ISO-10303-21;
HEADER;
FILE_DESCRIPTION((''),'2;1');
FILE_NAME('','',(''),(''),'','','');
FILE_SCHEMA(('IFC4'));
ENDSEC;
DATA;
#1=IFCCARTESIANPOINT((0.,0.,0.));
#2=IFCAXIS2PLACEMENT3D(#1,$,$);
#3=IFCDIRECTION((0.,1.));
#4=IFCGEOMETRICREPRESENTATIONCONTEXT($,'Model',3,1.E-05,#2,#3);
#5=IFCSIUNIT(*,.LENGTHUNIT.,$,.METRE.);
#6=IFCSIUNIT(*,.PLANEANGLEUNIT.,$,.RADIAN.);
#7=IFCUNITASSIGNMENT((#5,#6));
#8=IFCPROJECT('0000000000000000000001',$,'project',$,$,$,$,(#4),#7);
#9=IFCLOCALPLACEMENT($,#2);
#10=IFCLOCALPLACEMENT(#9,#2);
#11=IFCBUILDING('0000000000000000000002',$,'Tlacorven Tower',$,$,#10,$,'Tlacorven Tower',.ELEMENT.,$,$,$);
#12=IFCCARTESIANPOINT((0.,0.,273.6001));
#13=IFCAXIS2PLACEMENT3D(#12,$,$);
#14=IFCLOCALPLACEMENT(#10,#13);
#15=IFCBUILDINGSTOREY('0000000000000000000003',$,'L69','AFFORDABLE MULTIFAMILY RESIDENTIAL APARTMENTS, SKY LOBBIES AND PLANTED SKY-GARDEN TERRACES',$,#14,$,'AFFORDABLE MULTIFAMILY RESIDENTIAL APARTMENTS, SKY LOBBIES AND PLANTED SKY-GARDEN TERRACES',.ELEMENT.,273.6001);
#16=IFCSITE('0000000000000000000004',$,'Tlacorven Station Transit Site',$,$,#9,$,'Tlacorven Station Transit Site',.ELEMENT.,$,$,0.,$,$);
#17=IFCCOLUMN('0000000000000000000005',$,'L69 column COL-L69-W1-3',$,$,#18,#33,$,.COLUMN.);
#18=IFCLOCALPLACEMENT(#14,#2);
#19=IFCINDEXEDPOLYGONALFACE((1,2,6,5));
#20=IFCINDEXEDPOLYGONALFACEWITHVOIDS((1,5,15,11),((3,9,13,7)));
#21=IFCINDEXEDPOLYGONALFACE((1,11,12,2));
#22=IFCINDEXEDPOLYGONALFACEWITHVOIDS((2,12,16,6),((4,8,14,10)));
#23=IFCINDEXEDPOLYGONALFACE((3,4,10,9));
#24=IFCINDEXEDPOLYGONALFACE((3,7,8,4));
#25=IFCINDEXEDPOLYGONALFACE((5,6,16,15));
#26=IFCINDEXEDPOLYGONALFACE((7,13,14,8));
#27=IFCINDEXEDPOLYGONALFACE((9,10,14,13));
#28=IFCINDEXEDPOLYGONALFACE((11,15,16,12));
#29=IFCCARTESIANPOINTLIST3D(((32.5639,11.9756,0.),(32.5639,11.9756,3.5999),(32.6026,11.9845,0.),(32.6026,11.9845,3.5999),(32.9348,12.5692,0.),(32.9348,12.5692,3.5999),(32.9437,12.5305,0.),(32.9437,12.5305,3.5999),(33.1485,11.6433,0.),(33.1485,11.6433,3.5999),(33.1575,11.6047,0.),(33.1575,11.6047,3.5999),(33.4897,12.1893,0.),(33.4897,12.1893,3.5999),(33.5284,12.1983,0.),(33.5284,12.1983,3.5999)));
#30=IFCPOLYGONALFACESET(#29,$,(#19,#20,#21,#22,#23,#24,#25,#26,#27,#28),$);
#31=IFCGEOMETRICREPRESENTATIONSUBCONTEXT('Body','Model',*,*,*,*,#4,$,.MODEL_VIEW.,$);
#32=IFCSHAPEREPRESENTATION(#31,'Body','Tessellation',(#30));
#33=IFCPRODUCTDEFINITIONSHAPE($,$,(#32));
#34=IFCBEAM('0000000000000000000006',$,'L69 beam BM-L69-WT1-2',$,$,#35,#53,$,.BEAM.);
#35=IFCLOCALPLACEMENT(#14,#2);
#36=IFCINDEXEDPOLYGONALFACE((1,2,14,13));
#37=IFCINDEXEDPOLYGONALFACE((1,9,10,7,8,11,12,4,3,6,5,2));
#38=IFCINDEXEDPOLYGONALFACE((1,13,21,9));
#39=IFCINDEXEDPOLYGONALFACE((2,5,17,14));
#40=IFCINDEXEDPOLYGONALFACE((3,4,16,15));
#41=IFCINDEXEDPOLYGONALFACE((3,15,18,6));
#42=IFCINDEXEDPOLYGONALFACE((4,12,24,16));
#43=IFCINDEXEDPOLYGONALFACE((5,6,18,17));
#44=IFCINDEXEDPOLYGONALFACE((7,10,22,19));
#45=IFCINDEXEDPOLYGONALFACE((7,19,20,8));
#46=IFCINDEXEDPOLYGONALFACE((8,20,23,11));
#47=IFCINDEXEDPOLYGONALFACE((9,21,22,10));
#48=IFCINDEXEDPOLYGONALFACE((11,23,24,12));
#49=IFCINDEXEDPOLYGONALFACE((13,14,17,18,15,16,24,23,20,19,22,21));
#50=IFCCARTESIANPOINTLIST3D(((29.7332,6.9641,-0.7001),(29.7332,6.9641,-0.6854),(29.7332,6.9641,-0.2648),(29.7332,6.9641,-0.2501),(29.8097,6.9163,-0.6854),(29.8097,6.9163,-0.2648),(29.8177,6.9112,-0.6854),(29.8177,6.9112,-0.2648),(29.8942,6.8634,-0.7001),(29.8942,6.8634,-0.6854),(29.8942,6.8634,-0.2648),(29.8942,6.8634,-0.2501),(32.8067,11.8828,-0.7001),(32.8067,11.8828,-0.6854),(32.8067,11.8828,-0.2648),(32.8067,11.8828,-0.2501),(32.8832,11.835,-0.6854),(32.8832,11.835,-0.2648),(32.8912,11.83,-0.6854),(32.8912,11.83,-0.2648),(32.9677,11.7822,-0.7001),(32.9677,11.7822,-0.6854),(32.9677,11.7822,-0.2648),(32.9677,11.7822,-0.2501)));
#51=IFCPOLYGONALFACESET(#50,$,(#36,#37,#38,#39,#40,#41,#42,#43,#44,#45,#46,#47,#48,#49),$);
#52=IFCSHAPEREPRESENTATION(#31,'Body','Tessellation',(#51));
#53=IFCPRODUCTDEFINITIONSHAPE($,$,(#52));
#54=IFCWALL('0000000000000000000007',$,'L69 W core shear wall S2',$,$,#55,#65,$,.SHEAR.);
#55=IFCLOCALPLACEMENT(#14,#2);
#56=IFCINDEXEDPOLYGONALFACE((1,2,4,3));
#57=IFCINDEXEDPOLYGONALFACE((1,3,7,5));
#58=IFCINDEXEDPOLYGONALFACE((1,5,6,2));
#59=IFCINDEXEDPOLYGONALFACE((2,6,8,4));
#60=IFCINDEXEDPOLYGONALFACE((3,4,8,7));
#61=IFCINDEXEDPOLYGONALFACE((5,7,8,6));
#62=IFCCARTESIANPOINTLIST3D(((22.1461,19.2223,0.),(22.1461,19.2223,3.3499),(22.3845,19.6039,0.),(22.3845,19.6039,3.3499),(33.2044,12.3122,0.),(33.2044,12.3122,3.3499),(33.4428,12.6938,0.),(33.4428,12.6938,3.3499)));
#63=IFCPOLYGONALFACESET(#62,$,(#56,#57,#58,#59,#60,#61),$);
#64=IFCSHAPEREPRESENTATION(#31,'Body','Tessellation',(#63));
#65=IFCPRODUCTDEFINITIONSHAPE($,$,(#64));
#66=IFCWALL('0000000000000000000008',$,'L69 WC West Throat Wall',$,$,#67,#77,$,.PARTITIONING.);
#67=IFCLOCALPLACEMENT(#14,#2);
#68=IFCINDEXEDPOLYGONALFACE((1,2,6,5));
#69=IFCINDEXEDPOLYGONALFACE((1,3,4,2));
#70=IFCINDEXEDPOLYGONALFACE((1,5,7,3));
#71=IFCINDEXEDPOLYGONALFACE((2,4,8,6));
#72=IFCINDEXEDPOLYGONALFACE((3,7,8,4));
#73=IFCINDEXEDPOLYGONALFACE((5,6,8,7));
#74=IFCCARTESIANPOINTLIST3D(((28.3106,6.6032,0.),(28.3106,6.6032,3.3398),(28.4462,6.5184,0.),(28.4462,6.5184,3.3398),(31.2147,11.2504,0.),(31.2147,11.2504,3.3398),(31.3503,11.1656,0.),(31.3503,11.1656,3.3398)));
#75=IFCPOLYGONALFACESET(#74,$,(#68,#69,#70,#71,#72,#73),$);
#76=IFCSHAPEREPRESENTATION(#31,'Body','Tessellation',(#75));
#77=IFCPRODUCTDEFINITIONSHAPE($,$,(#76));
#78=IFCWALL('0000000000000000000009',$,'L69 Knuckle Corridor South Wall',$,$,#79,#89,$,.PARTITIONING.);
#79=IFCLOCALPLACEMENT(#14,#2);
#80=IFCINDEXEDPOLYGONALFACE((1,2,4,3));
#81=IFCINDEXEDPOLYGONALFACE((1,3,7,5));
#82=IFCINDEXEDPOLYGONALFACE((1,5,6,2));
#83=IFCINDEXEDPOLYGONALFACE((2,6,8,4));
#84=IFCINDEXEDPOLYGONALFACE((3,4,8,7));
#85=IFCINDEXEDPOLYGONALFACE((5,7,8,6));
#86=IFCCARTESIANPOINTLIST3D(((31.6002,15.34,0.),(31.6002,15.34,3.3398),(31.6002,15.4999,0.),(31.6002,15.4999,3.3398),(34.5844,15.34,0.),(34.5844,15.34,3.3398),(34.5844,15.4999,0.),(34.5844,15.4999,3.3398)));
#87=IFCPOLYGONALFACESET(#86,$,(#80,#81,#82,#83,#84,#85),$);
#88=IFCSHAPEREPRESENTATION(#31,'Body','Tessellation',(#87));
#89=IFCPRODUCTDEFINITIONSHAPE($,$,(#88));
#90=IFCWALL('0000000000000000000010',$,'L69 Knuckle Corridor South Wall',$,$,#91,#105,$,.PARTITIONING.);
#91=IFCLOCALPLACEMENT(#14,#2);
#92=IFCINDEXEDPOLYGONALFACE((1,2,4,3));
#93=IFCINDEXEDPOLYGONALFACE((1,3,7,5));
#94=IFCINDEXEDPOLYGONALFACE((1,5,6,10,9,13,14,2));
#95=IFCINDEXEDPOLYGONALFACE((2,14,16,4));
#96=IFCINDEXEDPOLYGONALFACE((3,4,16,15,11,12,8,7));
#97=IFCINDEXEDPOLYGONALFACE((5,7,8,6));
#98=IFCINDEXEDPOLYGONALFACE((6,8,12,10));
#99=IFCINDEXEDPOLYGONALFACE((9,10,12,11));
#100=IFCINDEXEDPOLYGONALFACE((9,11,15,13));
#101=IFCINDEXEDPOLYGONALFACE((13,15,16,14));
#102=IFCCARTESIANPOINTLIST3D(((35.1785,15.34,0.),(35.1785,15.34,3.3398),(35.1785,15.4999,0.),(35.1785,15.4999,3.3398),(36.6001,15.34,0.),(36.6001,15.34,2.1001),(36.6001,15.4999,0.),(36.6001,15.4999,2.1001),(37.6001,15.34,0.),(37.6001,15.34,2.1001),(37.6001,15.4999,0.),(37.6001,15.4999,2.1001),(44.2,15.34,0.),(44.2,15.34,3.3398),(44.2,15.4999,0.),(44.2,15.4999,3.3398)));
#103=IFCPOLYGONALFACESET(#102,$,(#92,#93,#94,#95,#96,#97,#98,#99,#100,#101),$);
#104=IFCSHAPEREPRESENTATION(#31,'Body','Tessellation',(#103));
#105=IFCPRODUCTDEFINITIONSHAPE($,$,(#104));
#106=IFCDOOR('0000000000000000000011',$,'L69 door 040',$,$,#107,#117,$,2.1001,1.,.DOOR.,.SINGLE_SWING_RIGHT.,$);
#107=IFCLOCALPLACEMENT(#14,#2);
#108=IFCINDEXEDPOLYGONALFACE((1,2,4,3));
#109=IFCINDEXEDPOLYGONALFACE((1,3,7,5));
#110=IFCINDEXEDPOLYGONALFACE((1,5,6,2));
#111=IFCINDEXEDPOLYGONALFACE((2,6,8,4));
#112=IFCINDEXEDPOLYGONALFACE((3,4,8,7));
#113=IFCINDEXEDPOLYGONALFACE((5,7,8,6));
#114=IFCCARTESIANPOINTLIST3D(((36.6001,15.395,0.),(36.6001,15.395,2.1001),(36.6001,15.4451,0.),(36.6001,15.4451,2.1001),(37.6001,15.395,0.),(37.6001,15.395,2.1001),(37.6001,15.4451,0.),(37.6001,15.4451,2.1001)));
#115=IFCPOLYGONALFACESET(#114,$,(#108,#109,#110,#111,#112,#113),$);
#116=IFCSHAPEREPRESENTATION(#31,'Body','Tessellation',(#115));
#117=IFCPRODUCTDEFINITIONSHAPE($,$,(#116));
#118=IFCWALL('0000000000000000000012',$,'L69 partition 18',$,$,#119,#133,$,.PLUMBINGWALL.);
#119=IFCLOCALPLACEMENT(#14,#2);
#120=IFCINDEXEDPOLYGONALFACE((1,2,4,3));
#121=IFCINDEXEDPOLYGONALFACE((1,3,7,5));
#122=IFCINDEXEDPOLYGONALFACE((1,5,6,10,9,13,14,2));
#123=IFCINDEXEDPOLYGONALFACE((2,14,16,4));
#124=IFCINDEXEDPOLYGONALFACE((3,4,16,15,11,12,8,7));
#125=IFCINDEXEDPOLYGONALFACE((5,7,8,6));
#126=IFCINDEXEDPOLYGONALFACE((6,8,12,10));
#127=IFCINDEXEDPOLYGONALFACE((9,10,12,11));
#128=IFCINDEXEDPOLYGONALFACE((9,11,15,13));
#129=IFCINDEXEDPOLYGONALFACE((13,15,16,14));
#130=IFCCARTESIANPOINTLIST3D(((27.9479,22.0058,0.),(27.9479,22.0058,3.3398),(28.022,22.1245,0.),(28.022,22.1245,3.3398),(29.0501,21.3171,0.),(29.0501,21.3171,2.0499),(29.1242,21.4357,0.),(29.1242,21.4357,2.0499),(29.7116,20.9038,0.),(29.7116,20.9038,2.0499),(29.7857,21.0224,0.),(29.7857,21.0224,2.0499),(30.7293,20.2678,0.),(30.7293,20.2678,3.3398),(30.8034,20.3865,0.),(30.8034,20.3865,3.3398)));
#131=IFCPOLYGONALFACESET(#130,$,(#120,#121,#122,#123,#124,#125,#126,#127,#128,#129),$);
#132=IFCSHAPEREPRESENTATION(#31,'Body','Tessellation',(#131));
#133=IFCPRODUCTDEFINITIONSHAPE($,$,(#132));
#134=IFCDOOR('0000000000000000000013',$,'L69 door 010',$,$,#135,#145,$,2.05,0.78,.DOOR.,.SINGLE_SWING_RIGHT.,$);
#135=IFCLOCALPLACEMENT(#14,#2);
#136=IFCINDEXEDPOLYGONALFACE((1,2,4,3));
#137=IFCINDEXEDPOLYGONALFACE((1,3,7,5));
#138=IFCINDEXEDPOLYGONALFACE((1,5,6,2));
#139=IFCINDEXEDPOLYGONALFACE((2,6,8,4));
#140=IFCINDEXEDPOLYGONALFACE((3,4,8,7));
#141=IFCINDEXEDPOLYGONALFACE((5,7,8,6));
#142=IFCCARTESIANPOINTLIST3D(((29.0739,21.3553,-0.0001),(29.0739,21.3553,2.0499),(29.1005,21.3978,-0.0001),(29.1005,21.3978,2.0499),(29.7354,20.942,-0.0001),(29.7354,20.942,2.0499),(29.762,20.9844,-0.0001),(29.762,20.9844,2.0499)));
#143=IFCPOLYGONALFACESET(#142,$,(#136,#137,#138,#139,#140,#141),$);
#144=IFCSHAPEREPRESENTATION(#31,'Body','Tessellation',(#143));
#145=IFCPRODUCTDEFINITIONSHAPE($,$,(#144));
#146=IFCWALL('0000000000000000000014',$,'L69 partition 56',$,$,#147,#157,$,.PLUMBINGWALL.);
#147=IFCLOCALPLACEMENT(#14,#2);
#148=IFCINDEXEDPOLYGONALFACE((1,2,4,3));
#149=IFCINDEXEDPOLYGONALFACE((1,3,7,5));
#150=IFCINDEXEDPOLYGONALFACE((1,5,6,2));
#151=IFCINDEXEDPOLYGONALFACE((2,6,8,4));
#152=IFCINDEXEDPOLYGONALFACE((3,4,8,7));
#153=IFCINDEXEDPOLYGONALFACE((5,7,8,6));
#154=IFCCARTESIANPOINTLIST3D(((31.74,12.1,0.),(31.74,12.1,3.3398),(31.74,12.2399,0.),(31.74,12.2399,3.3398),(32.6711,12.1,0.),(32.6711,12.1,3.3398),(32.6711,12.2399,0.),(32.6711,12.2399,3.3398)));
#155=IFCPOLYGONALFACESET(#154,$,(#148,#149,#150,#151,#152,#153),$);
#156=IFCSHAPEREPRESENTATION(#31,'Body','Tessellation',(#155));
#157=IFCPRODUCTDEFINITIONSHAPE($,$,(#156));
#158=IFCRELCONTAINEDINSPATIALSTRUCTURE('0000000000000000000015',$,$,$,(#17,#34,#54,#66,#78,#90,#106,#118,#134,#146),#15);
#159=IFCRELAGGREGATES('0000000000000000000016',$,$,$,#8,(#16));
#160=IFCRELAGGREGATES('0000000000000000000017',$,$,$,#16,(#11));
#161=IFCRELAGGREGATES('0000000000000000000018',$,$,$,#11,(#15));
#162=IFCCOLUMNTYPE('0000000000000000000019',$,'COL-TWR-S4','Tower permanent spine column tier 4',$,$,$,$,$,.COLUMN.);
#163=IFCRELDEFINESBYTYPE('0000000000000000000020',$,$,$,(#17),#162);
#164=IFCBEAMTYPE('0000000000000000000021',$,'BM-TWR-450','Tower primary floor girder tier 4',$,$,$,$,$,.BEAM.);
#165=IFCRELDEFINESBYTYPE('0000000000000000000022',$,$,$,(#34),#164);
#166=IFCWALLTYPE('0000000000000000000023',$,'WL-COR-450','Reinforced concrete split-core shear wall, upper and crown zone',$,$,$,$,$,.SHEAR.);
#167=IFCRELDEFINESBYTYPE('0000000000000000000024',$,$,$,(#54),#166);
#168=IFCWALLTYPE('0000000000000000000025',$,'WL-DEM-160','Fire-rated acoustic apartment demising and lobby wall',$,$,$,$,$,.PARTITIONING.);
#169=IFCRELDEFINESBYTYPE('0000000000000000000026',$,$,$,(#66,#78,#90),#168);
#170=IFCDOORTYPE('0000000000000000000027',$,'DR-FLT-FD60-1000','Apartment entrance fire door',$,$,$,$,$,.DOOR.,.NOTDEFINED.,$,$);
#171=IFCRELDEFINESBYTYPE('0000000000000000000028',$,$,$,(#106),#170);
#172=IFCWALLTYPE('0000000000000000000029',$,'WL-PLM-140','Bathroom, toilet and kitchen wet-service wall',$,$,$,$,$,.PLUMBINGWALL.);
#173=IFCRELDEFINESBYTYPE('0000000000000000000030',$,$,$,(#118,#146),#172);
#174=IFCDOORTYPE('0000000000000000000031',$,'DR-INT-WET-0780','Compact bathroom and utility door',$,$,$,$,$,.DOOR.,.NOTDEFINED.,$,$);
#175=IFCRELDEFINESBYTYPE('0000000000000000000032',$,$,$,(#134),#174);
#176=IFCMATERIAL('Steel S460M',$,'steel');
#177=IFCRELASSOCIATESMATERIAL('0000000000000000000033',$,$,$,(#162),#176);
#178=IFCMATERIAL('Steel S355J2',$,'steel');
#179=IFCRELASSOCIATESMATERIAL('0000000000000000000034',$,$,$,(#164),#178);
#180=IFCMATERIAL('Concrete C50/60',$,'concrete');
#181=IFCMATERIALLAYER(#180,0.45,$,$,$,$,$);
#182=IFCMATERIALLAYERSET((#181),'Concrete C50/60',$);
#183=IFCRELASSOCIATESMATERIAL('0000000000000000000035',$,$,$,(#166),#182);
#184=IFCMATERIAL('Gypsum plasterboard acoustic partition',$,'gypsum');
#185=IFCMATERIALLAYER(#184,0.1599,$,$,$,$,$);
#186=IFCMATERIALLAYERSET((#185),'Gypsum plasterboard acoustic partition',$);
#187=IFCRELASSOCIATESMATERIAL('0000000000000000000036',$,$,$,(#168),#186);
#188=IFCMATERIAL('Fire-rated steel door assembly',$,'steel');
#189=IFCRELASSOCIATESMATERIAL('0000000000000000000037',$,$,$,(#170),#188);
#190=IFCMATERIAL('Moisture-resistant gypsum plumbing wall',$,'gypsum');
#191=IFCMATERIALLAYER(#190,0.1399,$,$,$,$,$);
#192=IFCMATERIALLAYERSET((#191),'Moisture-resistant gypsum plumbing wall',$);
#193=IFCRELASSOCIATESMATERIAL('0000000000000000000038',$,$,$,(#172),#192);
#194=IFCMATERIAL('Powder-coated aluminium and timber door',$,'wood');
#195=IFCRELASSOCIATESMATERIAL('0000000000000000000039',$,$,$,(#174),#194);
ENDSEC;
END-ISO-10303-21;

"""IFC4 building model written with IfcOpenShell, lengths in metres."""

from ifc_helpers import new_model, si_unit, direction, frame, frame_2d, origin, origin_2d, place, context, subcontext, project, spatial, rectangle, hollow_rectangle, i_section, extrude, source, transform, mapped, material, layer, layer_set, material_profile, profile_set, type_object, element, fill, save


model = new_model("IFC4")

# Units and contexts
model_context = context("Model", 3, precision=1e-05, world=origin(), true_north=direction((0.0, 1.0)))
body_context = subcontext(model_context, "Body", "Model", "MODEL_VIEW")
ifc_project = project(units=[si_unit("LENGTHUNIT", "METRE"), si_unit("PLANEANGLEUNIT", "RADIAN")], contexts=[model_context])

# Site, building, storey
site_placement = place(None, origin())
site = spatial("IfcSite", under=ifc_project, at=site_placement, Name="Tlacorven Station Transit Site", LongName="Tlacorven Station Transit Site", CompositionType="ELEMENT", RefElevation=0.0)
building_placement = place(site_placement, origin())
building = spatial("IfcBuilding", under=site, at=building_placement, Name="Tlacorven Tower", LongName="Tlacorven Tower", CompositionType="ELEMENT")
storey_placement = place(building_placement, frame((0.0, 0.0, 273.6001)))
storey = spatial("IfcBuildingStorey", under=building, at=storey_placement, Name="L69", Description="AFFORDABLE MULTIFAMILY RESIDENTIAL APARTMENTS, SKY LOBBIES AND PLANTED SKY-GARDEN TERRACES", LongName="AFFORDABLE MULTIFAMILY RESIDENTIAL APARTMENTS, SKY LOBBIES AND PLANTED SKY-GARDEN TERRACES", CompositionType="ELEMENT", Elevation=273.6001)

# Column
ifc_material_1 = material(Name="Steel S460M", Category="steel")
ifc_material_profile_1 = material_profile(ifc_material_1, hollow_rectangle(XDim=0.7, YDim=0.7, WallThickness=0.0281, at=origin_2d()), Name="BOX 700X700X28")
ifc_profile_set_1 = profile_set([ifc_material_profile_1], Name="Steel S460M")
column_type = type_object("IfcColumnType", Name="COL-TWR-S4", Description="Tower permanent spine column tier 4", PredefinedType="COLUMN", material=ifc_profile_set_1)
shared_shape_1 = source(origin(), body_context, "Body", "SweptSolid", [
    extrude(hollow_rectangle(XDim=0.7, YDim=0.7, WallThickness=0.0281, at=origin_2d()), origin(), (0.0, 0.0, 1.0), 3.5999),
])
column_placement = place(storey_placement, frame((33.0461, 12.0869, 0.0), z_axis=(0.0, 0.0, 1.0), x_axis=(-0.848048, 0.529919, 0.0)))
element("IfcColumn", 1, at=column_placement, inside=storey, type_object=column_type, Name="L69 column COL-L69-W1-3", PredefinedType="COLUMN", context=body_context, shape_type="MappedRepresentation", body=[
    mapped(shared_shape_1, transform((0.0, 0.0, 0.0), scale=1.0)),
])

# Beam
ifc_material_2 = material(Name="Steel S355J2", Category="steel")
ifc_material_profile_2 = material_profile(ifc_material_2, i_section(OverallWidth=0.1899, OverallDepth=0.45, WebThickness=0.0095, FlangeThickness=0.0146, at=origin_2d()), Name="IPE 450")
ifc_profile_set_2 = profile_set([ifc_material_profile_2], Name="Steel S355J2")
beam_type = type_object("IfcBeamType", Name="BM-TWR-450", Description="Tower primary floor girder tier 4", PredefinedType="BEAM", material=ifc_profile_set_2)
shared_shape_2 = source(origin(), body_context, "Body", "SweptSolid", [
    extrude(i_section(OverallWidth=0.1899, OverallDepth=0.45, WebThickness=0.0095, FlangeThickness=0.0146, at=origin_2d()), origin(), (0.0, 0.0, 1.0), 5.8),
])
beam_placement = place(storey_placement, frame((32.8872, 11.8325, -0.4751), z_axis=(-0.529912, -0.848053, 0.0), x_axis=(0.848053, -0.529912, 0.0)))
element("IfcBeam", 2, at=beam_placement, inside=storey, type_object=beam_type, Name="L69 beam BM-L69-WT1-2", PredefinedType="BEAM", context=body_context, shape_type="MappedRepresentation", body=[
    mapped(shared_shape_2, transform((0.0, 0.0, 0.0), scale=1.0)),
])

# Walls
ifc_material_3 = material(Name="Concrete C50/60", Category="concrete")
ifc_layer_1 = layer(ifc_material_3, 0.45)
ifc_layer_set_1 = layer_set([ifc_layer_1], Name="Concrete C50/60")
wall_type_1 = type_object("IfcWallType", Name="WL-COR-450", Description="Reinforced concrete split-core shear wall, upper and crown zone", PredefinedType="SHEAR", material=ifc_layer_set_1)
wall_1_placement = place(storey_placement, frame((33.3237, 12.5029, 0.0), z_axis=(0.0, 0.0, 1.0), x_axis=(-0.848044, 0.529927, 0.0)))
element("IfcWall", 3, at=wall_1_placement, inside=storey, type_object=wall_type_1, Name="L69 W core shear wall S2", PredefinedType="SHEAR", context=body_context, shape_type="SweptSolid", body=[
    extrude(rectangle(XDim=13.0398, YDim=0.45, at=frame_2d((6.52, 0.0))), origin(), (0.0, 0.0, 1.0), 3.3499),
])
ifc_material_4 = material(Name="Gypsum plasterboard acoustic partition", Category="gypsum")
ifc_layer_2 = layer(ifc_material_4, 0.1599)
ifc_layer_set_2 = layer_set([ifc_layer_2], Name="Gypsum plasterboard acoustic partition")
wall_type_2 = type_object("IfcWallType", Name="WL-DEM-160", Description="Fire-rated acoustic apartment demising and lobby wall", PredefinedType="PARTITIONING", material=ifc_layer_set_2)
wall_2_placement = place(storey_placement, frame((31.2825, 11.208, 0.0), z_axis=(0.0, 0.0, 1.0), x_axis=(-0.529939, -0.848036, 0.0)))
element("IfcWall", 4, at=wall_2_placement, inside=storey, type_object=wall_type_2, Name="L69 WC West Throat Wall", PredefinedType="PARTITIONING", context=body_context, shape_type="SweptSolid", body=[
    extrude(rectangle(XDim=5.48, YDim=0.1599, at=frame_2d((2.74, 0.0))), origin(), (0.0, 0.0, 1.0), 3.3398),
])
wall_3_placement = place(storey_placement, frame((31.6001, 15.4199, 0.0), z_axis=(0.0, 0.0, 1.0), x_axis=(1.0, 0.0, 0.0)))
element("IfcWall", 5, at=wall_3_placement, inside=storey, type_object=wall_type_2, Name="L69 Knuckle Corridor South Wall", PredefinedType="PARTITIONING", context=body_context, shape_type="SweptSolid", body=[
    extrude(rectangle(XDim=2.9841, YDim=0.1599, at=frame_2d((1.4922, 0.0))), origin(), (0.0, 0.0, 1.0), 3.3398),
])

# Walls, openings, doors
wall_4_placement = place(storey_placement, frame((35.1785, 15.4199, 0.0), z_axis=(0.0, 0.0, 1.0), x_axis=(1.0, 0.0, 0.0)))
wall_4 = element("IfcWall", 6, at=wall_4_placement, inside=storey, type_object=wall_type_2, Name="L69 Knuckle Corridor South Wall", PredefinedType="PARTITIONING", context=body_context, shape_type="SweptSolid", body=[
    extrude(rectangle(XDim=9.0215, YDim=0.1599, at=frame_2d((4.5107, 0.0))), origin(), (0.0, 0.0, 1.0), 3.3398),
])
opening_1_placement = place(wall_4_placement, frame((1.4216, 0.0, 0.0)))
opening_1 = element("IfcOpeningElement", 7, at=opening_1_placement, cuts=wall_4, PredefinedType="OPENING", context=body_context, shape_type="SweptSolid", body=[
    extrude(rectangle(XDim=1.0, YDim=2.1001, at=frame_2d((0.5, 1.05))), frame((0.0, 0.0898, 0.0), z_axis=(0.0, -1.0, 0.0), x_axis=(1.0, 0.0, 0.0)), (0.0, 0.0, 1.0), 0.1799),
])
ifc_material_5 = material(Name="Fire-rated steel door assembly", Category="steel")
door_type_1 = type_object("IfcDoorType", Name="DR-FLT-FD60-1000", Description="Apartment entrance fire door", OperationType="NOTDEFINED", PredefinedType="DOOR", material=ifc_material_5)
shared_shape_3 = source(origin(), body_context, "Body", "SweptSolid", [
    extrude(rectangle(XDim=1.0, YDim=2.1001, at=frame_2d((0.5, 1.05))), frame((0.0, 0.0249, 0.0), z_axis=(0.0, -1.0, 0.0), x_axis=(1.0, 0.0, 0.0)), (0.0, 0.0, 1.0), 0.05),
])
door_1_placement = place(opening_1_placement, frame((1.0, 0.0, 0.0), z_axis=(0.0, 0.0, 1.0), x_axis=(-1.0, 0.0, 0.0)))
door_1 = element("IfcDoor", 8, at=door_1_placement, inside=storey, type_object=door_type_1, Name="L69 door 040", OperationType="SINGLE_SWING_RIGHT", OverallHeight=2.1001, OverallWidth=1.0, PredefinedType="DOOR", context=body_context, shape_type="MappedRepresentation", body=[
    mapped(shared_shape_3, transform((0.0, 0.0, 0.0), scale=1.0)),
])
fill(opening_1, door_1)
ifc_material_6 = material(Name="Moisture-resistant gypsum plumbing wall", Category="gypsum")
ifc_layer_3 = layer(ifc_material_6, 0.1399)
ifc_layer_set_3 = layer_set([ifc_layer_3], Name="Moisture-resistant gypsum plumbing wall")
wall_type_3 = type_object("IfcWallType", Name="WL-PLM-140", Description="Bathroom, toilet and kitchen wet-service wall", PredefinedType="PLUMBINGWALL", material=ifc_layer_set_3)
wall_5_placement = place(storey_placement, frame((30.7664, 20.3271, 0.0), z_axis=(0.0, 0.0, 1.0), x_axis=(-0.848053, 0.529912, 0.0)))
wall_5 = element("IfcWall", 9, at=wall_5_placement, inside=storey, type_object=wall_type_3, Name="L69 partition 18", PredefinedType="PLUMBINGWALL", context=body_context, shape_type="SweptSolid", body=[
    extrude(rectangle(XDim=3.2798, YDim=0.1399, at=frame_2d((1.6399, 0.0))), origin(), (0.0, 0.0, 1.0), 3.3398),
])
opening_2_placement = place(wall_5_placement, frame((1.2, 0.0, 0.0)))
opening_2 = element("IfcOpeningElement", 10, at=opening_2_placement, cuts=wall_5, PredefinedType="OPENING", context=body_context, shape_type="SweptSolid", body=[
    extrude(rectangle(XDim=0.78, YDim=2.05, at=frame_2d((0.3901, 1.0249))), frame((0.0, 0.0801, 0.0), z_axis=(0.0, -1.0, 0.0), x_axis=(1.0, 0.0, 0.0)), (0.0, 0.0, 1.0), 0.1599),
])
ifc_material_7 = material(Name="Powder-coated aluminium and timber door", Category="wood")
door_type_2 = type_object("IfcDoorType", Name="DR-INT-WET-0780", Description="Compact bathroom and utility door", OperationType="NOTDEFINED", PredefinedType="DOOR", material=ifc_material_7)
shared_shape_4 = source(origin(), body_context, "Body", "SweptSolid", [
    extrude(rectangle(XDim=0.78, YDim=2.05, at=frame_2d((0.3901, 1.0249))), frame((0.0, 0.0249, 0.0), z_axis=(0.0, -1.0, 0.0), x_axis=(1.0, 0.0, 0.0)), (0.0, 0.0, 1.0), 0.05),
])
door_2_placement = place(opening_2_placement, origin())
door_2 = element("IfcDoor", 11, at=door_2_placement, inside=storey, type_object=door_type_2, Name="L69 door 010", OperationType="SINGLE_SWING_RIGHT", OverallHeight=2.05, OverallWidth=0.78, PredefinedType="DOOR", context=body_context, shape_type="MappedRepresentation", body=[
    mapped(shared_shape_4, transform((0.0, 0.0, 0.0), scale=1.0)),
])
fill(opening_2, door_2)

# Wall
wall_6_placement = place(storey_placement, frame((31.74, 12.1699, 0.0), z_axis=(0.0, 0.0, 1.0), x_axis=(1.0, 0.0, 0.0)))
element("IfcWall", 12, at=wall_6_placement, inside=storey, type_object=wall_type_3, Name="L69 partition 56", PredefinedType="PLUMBINGWALL", context=body_context, shape_type="SweptSolid", body=[
    extrude(rectangle(XDim=0.9312, YDim=0.1399, at=frame_2d((0.4656, 0.0))), origin(), (0.0, 0.0, 1.0), 3.3398),
])

save(model, "model.ifc")
